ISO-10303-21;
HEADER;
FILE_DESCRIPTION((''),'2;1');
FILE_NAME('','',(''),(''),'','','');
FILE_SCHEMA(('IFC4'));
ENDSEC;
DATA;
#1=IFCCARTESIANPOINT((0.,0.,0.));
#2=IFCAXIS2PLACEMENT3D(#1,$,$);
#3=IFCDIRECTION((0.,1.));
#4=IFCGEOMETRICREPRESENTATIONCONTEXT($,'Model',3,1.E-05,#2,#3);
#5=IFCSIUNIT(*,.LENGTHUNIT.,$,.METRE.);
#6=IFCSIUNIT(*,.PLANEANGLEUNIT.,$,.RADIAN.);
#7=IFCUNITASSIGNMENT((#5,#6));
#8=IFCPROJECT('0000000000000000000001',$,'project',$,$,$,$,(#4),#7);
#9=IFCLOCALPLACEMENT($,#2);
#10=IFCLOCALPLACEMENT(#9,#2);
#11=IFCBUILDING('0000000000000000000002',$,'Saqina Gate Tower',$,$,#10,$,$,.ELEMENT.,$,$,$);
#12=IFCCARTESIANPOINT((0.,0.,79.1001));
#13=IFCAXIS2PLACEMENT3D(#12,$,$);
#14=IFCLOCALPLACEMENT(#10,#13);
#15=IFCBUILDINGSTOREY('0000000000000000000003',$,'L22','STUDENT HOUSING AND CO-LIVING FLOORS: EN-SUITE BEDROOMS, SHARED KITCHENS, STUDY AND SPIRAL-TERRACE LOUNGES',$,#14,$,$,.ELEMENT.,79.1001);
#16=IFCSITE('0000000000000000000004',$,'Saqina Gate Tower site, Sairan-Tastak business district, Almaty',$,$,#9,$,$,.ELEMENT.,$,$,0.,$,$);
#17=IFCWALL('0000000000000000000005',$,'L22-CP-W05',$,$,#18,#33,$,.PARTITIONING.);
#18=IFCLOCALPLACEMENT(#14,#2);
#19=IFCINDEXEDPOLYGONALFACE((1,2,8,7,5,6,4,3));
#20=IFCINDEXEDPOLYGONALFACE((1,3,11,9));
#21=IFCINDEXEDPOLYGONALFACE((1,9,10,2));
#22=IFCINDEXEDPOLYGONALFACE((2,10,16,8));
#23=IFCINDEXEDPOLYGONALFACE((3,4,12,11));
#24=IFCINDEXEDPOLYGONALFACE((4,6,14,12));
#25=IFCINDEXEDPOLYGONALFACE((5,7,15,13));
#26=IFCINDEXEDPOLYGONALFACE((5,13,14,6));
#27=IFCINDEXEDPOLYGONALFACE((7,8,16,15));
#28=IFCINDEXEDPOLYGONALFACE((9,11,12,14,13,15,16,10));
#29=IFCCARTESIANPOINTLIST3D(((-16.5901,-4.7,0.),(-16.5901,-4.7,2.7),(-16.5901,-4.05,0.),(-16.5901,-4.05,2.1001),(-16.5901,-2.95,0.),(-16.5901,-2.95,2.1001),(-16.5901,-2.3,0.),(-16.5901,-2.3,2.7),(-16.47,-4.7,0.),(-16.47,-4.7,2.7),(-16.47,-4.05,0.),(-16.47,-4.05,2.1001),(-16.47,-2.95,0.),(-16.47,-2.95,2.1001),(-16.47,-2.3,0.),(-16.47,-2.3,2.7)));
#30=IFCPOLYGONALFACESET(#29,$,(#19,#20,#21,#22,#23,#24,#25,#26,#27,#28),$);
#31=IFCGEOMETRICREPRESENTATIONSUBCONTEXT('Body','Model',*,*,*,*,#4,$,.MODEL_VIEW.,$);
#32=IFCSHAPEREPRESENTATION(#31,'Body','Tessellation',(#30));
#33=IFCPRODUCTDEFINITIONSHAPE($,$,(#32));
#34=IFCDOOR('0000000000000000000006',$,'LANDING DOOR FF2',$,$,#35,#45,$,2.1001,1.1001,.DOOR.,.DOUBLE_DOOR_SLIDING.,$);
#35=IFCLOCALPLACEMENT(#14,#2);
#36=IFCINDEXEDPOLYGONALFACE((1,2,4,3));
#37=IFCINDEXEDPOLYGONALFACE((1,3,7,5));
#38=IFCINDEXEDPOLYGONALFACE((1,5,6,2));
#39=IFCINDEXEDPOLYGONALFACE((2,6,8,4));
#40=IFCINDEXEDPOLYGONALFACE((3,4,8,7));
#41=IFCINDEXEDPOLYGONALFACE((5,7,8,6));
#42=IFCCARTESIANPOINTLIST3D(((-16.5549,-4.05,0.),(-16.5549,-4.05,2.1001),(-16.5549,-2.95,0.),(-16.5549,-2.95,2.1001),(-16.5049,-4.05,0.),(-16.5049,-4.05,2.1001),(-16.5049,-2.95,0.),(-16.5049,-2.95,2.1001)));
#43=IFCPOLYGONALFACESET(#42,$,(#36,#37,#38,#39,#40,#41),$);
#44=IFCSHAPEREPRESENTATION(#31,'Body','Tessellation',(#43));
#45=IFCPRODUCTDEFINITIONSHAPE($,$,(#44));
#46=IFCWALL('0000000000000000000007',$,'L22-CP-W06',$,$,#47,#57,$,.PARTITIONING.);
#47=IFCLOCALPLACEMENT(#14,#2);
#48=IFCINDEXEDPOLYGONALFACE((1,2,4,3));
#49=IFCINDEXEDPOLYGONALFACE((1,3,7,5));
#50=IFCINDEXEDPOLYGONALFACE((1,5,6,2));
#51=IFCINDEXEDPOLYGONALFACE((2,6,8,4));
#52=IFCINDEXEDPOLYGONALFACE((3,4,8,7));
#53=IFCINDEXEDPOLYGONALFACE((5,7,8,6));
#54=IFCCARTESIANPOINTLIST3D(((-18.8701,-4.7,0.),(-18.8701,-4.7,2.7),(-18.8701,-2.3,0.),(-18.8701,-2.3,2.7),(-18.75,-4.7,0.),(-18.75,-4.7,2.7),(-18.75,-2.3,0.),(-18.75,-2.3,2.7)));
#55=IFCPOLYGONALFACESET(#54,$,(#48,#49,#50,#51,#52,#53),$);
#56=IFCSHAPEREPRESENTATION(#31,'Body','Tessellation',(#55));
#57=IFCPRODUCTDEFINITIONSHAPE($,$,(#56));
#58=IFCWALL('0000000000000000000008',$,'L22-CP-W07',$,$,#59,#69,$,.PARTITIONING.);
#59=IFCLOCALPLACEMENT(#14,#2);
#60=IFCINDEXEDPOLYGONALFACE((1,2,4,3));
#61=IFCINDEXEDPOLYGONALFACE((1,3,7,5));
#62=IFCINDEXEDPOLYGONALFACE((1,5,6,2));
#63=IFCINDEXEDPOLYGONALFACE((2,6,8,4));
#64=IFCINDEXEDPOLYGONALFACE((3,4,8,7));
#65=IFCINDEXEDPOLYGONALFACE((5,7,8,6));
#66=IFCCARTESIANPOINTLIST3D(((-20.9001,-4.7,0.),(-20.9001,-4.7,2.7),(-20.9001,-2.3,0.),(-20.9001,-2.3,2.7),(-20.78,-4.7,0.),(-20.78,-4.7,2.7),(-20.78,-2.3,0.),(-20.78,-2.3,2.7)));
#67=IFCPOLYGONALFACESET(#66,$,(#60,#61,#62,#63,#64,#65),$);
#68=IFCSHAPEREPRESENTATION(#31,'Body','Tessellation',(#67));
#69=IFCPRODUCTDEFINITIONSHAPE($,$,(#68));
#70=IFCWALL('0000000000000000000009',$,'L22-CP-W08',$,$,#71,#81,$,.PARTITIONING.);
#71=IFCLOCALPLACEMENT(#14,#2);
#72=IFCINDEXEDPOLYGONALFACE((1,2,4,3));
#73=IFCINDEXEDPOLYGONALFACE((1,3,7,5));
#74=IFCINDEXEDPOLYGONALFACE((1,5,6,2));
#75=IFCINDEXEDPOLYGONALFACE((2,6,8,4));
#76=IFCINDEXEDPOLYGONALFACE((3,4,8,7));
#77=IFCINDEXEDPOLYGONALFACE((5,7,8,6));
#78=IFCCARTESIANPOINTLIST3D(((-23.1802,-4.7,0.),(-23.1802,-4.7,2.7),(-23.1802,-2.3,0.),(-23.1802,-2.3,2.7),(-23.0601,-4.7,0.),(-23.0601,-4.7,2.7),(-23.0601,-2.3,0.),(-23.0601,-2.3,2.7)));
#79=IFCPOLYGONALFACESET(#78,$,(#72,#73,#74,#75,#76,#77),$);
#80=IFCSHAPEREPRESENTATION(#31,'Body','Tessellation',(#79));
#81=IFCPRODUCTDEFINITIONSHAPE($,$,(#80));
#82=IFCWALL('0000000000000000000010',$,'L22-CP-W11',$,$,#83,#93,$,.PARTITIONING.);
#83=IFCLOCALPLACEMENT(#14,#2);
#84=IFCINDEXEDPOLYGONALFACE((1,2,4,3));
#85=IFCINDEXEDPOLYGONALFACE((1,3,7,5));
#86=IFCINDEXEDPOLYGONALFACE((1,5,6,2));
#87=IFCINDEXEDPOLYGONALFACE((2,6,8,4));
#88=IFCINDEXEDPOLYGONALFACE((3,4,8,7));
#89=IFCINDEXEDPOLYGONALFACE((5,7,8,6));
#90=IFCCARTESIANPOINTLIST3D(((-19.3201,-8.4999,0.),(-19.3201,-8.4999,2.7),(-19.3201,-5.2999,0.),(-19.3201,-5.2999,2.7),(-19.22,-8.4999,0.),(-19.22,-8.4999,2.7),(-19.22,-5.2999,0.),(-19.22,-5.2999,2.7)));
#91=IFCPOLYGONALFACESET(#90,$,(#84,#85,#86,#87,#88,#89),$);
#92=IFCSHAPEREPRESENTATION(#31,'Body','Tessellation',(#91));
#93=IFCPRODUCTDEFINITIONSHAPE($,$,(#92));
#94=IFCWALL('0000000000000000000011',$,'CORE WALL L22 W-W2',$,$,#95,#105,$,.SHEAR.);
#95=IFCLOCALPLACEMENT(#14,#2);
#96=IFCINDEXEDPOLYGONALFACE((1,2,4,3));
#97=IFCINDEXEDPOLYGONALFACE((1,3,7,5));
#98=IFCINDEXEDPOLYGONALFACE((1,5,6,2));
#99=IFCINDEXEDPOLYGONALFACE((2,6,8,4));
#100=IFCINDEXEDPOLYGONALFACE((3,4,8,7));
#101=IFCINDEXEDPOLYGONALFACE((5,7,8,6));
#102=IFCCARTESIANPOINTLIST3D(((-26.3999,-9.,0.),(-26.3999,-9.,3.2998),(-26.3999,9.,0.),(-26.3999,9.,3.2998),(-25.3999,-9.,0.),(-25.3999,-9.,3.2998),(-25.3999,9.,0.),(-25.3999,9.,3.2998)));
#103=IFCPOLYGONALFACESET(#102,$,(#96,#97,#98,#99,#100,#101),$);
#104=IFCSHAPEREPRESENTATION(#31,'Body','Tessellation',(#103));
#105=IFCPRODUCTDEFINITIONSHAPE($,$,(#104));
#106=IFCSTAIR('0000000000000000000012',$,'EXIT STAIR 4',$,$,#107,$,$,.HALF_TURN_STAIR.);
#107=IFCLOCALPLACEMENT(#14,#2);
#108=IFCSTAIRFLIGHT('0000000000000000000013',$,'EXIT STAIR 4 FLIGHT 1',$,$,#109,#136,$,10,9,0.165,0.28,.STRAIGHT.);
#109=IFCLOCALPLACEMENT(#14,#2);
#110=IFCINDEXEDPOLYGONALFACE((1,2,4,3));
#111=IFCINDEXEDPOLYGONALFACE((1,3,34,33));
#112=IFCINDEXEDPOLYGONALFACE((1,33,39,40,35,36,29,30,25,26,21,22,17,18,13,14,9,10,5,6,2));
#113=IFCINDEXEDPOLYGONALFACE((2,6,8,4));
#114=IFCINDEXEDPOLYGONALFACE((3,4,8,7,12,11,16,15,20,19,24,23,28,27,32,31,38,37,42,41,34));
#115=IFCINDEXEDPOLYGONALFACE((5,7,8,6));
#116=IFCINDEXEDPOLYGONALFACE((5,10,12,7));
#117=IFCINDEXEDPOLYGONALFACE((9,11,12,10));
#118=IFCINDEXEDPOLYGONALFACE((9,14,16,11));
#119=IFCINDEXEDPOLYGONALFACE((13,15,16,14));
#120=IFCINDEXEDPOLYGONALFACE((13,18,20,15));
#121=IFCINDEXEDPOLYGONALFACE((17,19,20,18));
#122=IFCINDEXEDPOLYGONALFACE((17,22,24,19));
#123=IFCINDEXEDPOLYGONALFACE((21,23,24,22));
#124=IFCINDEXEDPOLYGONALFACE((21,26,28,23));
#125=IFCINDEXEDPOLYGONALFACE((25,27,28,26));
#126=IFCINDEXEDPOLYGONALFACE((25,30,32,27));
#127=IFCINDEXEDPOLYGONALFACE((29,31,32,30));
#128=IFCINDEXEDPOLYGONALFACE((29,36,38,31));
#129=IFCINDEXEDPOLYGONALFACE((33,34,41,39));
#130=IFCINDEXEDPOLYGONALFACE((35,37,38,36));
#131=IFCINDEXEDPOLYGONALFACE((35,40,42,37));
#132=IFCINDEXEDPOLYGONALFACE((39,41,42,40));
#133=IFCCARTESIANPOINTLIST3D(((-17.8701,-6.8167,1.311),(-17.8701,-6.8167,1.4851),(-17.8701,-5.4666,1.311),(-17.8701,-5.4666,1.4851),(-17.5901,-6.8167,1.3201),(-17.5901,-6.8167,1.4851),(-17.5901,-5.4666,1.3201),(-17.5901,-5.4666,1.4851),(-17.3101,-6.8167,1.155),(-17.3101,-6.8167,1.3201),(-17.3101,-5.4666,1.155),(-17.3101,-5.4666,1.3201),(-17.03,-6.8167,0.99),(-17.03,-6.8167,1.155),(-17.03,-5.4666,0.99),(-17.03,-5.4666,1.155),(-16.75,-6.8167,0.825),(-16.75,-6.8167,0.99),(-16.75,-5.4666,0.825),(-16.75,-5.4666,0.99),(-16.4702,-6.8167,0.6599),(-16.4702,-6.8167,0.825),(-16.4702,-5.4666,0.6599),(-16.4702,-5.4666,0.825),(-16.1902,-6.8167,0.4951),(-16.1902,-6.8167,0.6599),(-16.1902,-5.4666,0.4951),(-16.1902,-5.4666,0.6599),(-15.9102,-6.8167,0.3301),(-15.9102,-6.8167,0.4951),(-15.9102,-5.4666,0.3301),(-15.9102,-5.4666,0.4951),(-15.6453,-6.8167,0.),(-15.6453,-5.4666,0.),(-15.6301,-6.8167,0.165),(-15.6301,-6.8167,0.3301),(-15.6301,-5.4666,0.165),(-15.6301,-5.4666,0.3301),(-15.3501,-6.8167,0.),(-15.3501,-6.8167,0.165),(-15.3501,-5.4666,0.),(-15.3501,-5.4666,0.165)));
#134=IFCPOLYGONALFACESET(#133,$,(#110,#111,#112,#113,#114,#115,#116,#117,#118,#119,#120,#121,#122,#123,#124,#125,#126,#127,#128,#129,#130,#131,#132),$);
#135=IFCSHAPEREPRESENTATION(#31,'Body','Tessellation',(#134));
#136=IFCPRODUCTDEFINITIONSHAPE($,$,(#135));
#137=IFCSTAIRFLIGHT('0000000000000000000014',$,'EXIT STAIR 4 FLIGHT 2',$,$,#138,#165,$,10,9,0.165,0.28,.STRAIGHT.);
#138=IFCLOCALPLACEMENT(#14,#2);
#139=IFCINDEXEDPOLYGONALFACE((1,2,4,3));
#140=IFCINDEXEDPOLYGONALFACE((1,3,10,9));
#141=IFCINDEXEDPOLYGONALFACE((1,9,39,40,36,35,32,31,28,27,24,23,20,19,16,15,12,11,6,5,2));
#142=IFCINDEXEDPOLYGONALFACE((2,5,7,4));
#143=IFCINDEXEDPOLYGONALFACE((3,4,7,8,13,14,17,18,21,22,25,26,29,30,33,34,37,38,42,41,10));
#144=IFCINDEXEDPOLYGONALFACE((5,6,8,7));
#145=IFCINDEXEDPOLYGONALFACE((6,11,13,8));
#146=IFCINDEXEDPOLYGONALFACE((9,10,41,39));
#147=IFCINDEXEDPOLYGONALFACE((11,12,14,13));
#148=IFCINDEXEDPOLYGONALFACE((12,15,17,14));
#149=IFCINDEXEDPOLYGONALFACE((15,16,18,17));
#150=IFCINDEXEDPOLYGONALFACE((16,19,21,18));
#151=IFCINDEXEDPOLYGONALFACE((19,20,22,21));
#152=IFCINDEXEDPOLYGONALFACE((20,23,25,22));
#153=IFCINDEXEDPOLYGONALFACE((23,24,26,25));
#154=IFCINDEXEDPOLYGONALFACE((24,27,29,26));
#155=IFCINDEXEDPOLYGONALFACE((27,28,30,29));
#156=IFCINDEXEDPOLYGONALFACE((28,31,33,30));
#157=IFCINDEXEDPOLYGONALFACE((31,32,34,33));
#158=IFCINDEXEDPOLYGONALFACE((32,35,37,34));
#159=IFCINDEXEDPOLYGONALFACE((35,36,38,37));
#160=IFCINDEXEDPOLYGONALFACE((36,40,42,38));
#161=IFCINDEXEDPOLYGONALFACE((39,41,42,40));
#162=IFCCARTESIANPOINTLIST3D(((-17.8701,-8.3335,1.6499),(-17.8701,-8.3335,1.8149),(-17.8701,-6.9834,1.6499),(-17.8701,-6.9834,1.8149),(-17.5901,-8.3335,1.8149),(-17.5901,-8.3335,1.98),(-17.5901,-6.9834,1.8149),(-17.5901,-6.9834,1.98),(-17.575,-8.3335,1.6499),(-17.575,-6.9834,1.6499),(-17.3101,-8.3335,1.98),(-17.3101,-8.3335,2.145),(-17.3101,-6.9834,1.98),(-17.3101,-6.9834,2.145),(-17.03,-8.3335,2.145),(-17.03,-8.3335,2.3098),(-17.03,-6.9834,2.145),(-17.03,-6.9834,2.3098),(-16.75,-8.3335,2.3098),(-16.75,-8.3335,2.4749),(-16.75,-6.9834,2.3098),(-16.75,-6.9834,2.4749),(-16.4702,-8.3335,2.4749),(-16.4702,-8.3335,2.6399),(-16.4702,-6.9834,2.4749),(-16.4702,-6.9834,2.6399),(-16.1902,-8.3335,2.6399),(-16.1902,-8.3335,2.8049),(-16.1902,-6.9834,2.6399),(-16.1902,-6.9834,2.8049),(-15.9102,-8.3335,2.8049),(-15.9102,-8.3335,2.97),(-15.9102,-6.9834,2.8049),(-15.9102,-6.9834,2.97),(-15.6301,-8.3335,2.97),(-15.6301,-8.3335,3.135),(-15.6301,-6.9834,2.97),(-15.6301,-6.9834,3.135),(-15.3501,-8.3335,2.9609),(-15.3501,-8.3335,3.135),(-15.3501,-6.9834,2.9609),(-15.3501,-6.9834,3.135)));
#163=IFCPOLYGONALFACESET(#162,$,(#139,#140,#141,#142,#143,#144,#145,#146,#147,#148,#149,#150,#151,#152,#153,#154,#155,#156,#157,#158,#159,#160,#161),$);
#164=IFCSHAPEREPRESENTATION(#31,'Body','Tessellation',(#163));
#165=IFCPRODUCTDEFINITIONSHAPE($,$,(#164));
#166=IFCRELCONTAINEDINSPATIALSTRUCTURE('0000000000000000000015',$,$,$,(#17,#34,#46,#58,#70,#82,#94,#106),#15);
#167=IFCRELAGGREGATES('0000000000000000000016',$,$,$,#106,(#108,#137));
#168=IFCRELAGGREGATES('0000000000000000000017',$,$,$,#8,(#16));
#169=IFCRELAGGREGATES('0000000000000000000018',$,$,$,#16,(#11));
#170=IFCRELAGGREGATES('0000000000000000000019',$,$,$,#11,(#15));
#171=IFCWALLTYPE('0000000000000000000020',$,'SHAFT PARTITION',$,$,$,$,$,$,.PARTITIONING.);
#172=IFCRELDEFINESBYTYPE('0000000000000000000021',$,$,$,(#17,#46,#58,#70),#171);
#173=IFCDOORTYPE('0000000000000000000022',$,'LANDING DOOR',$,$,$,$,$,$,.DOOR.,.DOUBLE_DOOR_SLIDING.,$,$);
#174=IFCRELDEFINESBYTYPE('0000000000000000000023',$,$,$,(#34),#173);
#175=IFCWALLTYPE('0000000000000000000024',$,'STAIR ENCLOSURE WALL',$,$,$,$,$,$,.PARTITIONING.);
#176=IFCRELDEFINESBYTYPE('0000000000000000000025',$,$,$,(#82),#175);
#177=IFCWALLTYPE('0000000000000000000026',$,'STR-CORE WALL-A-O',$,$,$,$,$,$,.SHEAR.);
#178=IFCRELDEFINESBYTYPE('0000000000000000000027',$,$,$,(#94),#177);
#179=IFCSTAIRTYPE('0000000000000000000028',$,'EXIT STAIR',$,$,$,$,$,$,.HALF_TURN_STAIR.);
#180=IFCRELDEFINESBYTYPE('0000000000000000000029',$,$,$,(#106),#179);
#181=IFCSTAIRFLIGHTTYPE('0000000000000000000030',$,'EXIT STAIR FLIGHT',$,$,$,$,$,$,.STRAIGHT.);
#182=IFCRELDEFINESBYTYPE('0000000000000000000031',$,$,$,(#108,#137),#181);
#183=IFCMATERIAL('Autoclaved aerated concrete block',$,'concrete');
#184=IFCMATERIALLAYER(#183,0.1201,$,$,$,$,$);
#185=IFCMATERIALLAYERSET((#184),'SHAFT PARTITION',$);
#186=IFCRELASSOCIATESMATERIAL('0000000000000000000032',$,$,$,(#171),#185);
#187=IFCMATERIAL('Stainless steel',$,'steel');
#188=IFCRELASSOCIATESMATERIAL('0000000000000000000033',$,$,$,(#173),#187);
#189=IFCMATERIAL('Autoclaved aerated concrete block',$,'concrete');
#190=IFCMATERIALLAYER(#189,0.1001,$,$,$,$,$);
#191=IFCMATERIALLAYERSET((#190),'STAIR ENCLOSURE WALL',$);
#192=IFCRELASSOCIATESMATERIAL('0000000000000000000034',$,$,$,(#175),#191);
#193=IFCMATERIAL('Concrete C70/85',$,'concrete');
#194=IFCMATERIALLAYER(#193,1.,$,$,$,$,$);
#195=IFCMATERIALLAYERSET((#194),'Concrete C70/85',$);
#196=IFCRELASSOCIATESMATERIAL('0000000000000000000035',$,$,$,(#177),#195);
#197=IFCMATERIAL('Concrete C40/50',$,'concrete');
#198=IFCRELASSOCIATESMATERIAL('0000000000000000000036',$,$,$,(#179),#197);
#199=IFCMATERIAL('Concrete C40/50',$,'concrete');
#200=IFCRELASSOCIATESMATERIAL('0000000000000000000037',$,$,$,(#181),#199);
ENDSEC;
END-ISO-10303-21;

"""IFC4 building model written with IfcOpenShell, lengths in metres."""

from ifc_helpers import new_model, si_unit, direction, frame, frame_2d, origin, place, context, subcontext, project, spatial, polyline, rectangle, outline, extrude, material, layer, layer_set, type_object, element, fill, aggregate, save


model = new_model("IFC4")

# Units and contexts
model_context = context("Model", 3, precision=1e-05, world=origin(), true_north=direction((0.0, 1.0)))
body_context = subcontext(model_context, "Body", "Model", "MODEL_VIEW")
ifc_project = project(units=[si_unit("LENGTHUNIT", "METRE"), si_unit("PLANEANGLEUNIT", "RADIAN")], contexts=[model_context])

# Site, building, storey
site_placement = place(None, origin())
site = spatial("IfcSite", under=ifc_project, at=site_placement, Name="Saqina Gate Tower site, Sairan-Tastak business district, Almaty", CompositionType="ELEMENT", RefElevation=0.0)
building_placement = place(site_placement, origin())
building = spatial("IfcBuilding", under=site, at=building_placement, Name="Saqina Gate Tower", CompositionType="ELEMENT")
storey_placement = place(building_placement, frame((0.0, 0.0, 79.1001)))
storey = spatial("IfcBuildingStorey", under=building, at=storey_placement, Name="L22", Description="STUDENT HOUSING AND CO-LIVING FLOORS: EN-SUITE BEDROOMS, SHARED KITCHENS, STUDY AND SPIRAL-TERRACE LOUNGES", CompositionType="ELEMENT", Elevation=79.1001)

# Wall, opening, door
ifc_material_1 = material(Name="Autoclaved aerated concrete block", Category="concrete")
ifc_layer_1 = layer(ifc_material_1, 0.1201)
ifc_layer_set_1 = layer_set([ifc_layer_1], Name="SHAFT PARTITION")
wall_type_1 = type_object("IfcWallType", Name="SHAFT PARTITION", PredefinedType="PARTITIONING", material=ifc_layer_set_1)
wall_1_placement = place(storey_placement, frame((-16.53, -4.7, 0.0), z_axis=(0.0, 0.0, 1.0), x_axis=(0.0, 1.0, 0.0)))
wall_1 = element("IfcWall", 1, at=wall_1_placement, inside=storey, type_object=wall_type_1, Name="L22-CP-W05", PredefinedType="PARTITIONING", context=body_context, shape_type="SweptSolid", body=[
    extrude(rectangle(XDim=2.3999, YDim=0.1201, at=frame_2d((1.2, 0.0))), origin(), (0.0, 0.0, 1.0), 2.7),
])
opening_1_placement = place(wall_1_placement, frame((0.6499, 0.0, 0.0)))
opening_1 = element("IfcOpeningElement", 2, at=opening_1_placement, cuts=wall_1, PredefinedType="OPENING", context=body_context, shape_type="SweptSolid", body=[
    extrude(rectangle(XDim=1.1001, YDim=2.1001, at=frame_2d((0.55, 1.05))), frame((0.0, 0.072, 0.0), z_axis=(0.0, -1.0, 0.0), x_axis=(1.0, 0.0, 0.0)), (0.0, 0.0, 1.0), 0.144),
])
ifc_material_2 = material(Name="Stainless steel", Category="steel")
door_type_1 = type_object("IfcDoorType", Name="LANDING DOOR", OperationType="DOUBLE_DOOR_SLIDING", PredefinedType="DOOR", material=ifc_material_2)
door_1_placement = place(opening_1_placement, origin())
door_1 = element("IfcDoor", 3, at=door_1_placement, inside=storey, type_object=door_type_1, Name="LANDING DOOR FF2", OperationType="DOUBLE_DOOR_SLIDING", OverallHeight=2.1001, OverallWidth=1.1001, PredefinedType="DOOR", context=body_context, shape_type="SweptSolid", body=[
    extrude(rectangle(XDim=1.1001, YDim=2.1001, at=frame_2d((0.55, 1.05))), frame((0.0, 0.0249, 0.0), z_axis=(0.0, -1.0, 0.0), x_axis=(1.0, 0.0, 0.0)), (0.0, 0.0, 1.0), 0.05),
])
fill(opening_1, door_1)

# Walls
for number, where, z_axis, x_axis, name in (
    (4, (-18.8101, -4.7, 0.0), (0.0, 0.0, 1.0), (0.0, 1.0, 0.0), "L22-CP-W06"),
    (5, (-20.8401, -4.7, 0.0), (0.0, 0.0, 1.0), (0.0, 1.0, 0.0), "L22-CP-W07"),
    (6, (-23.1201, -4.7, 0.0), (0.0, 0.0, 1.0), (0.0, 1.0, 0.0), "L22-CP-W08"),
):
    element("IfcWall", number, at=place(storey_placement, frame(where, z_axis=z_axis, x_axis=x_axis)), inside=storey, type_object=wall_type_1, Name=name, PredefinedType="PARTITIONING", context=body_context, shape_type="SweptSolid", body=[
        extrude(rectangle(XDim=2.3999, YDim=0.1201, at=frame_2d((1.2, 0.0))), origin(), (0.0, 0.0, 1.0), 2.7),
    ])
ifc_material_3 = material(Name="Autoclaved aerated concrete block", Category="concrete")
ifc_layer_2 = layer(ifc_material_3, 0.1001)
ifc_layer_set_2 = layer_set([ifc_layer_2], Name="STAIR ENCLOSURE WALL")
wall_type_2 = type_object("IfcWallType", Name="STAIR ENCLOSURE WALL", PredefinedType="PARTITIONING", material=ifc_layer_set_2)
wall_2_placement = place(storey_placement, frame((-19.27, -8.5, 0.0), z_axis=(0.0, 0.0, 1.0), x_axis=(0.0, 1.0, 0.0)))
element("IfcWall", 7, at=wall_2_placement, inside=storey, type_object=wall_type_2, Name="L22-CP-W11", PredefinedType="PARTITIONING", context=body_context, shape_type="SweptSolid", body=[
    extrude(rectangle(XDim=3.2, YDim=0.1001, at=frame_2d((1.6001, 0.0))), origin(), (0.0, 0.0, 1.0), 2.7),
])
ifc_material_4 = material(Name="Concrete C70/85", Category="concrete")
ifc_layer_3 = layer(ifc_material_4, 1.0)
ifc_layer_set_3 = layer_set([ifc_layer_3], Name="Concrete C70/85")
wall_type_3 = type_object("IfcWallType", Name="STR-CORE WALL-A-O", PredefinedType="SHEAR", material=ifc_layer_set_3)
wall_3_placement = place(storey_placement, frame((-25.8999, -9.0, 0.0), z_axis=(0.0, 0.0, 1.0), x_axis=(0.0, 1.0, 0.0)))
element("IfcWall", 8, at=wall_3_placement, inside=storey, type_object=wall_type_3, Name="CORE WALL L22 W-W2", PredefinedType="SHEAR", context=body_context, shape_type="SweptSolid", body=[
    extrude(rectangle(XDim=18.0, YDim=1.0, at=frame_2d((9.0, 0.0))), origin(), (0.0, 0.0, 1.0), 3.2998),
])

# Stair, stair flights
ifc_material_5 = material(Name="Concrete C40/50", Category="concrete")
stair_type = type_object("IfcStairType", Name="EXIT STAIR", PredefinedType="HALF_TURN_STAIR", material=ifc_material_5)
stair_placement = place(storey_placement, origin())
stair = element("IfcStair", 9, at=stair_placement, inside=storey, type_object=stair_type, Name="EXIT STAIR 4", PredefinedType="HALF_TURN_STAIR")
ifc_material_6 = material(Name="Concrete C40/50", Category="concrete")
stair_flight_type = type_object("IfcStairFlightType", Name="EXIT STAIR FLIGHT", PredefinedType="STRAIGHT", material=ifc_material_6)
stair_flight_1_placement = place(storey_placement, frame((-15.3501, -6.1416, 0.0), z_axis=(0.0, 0.0, 1.0), x_axis=(-1.0, 0.0, 0.0)))
stair_flight_1 = element("IfcStairFlight", 10, at=stair_flight_1_placement, type_object=stair_flight_type, Name="EXIT STAIR 4 FLIGHT 1", NumberOfRisers=10, NumberOfTreads=9, PredefinedType="STRAIGHT", RiserHeight=0.165, TreadLength=0.28, context=body_context, shape_type="SweptSolid", body=[
    extrude(outline(polyline([(0.0, 0.0), (0.0, 0.165), (0.28, 0.165), (0.28, 0.3301), (0.5601, 0.3301), (0.5601, 0.4951), (0.8401, 0.4951), (0.8401, 0.6599), (1.1201, 0.6599), (1.1201, 0.825), (1.3999, 0.825), (1.3999, 0.99), (1.6799, 0.99), (1.6799, 1.155), (1.96, 1.155), (1.96, 1.3201), (2.24, 1.3201), (2.24, 1.4851), (2.52, 1.4851), (2.52, 1.6499), (2.52, 1.311), (0.2952, 0.0), (0.0, 0.0)])), frame((0.0, 0.675, 0.0), z_axis=(0.0, -1.0, 0.0), x_axis=(1.0, 0.0, 0.0)), (0.0, 0.0, 1.0), 1.3501),
])
stair_flight_2_placement = place(storey_placement, frame((-17.8701, -7.6584, 1.6499), z_axis=(0.0, 0.0, 1.0), x_axis=(1.0, 0.0, 0.0)))
stair_flight_2 = element("IfcStairFlight", 11, at=stair_flight_2_placement, type_object=stair_flight_type, Name="EXIT STAIR 4 FLIGHT 2", NumberOfRisers=10, NumberOfTreads=9, PredefinedType="STRAIGHT", RiserHeight=0.165, TreadLength=0.28, context=body_context, shape_type="SweptSolid", body=[
    extrude(outline(polyline([(0.0, 0.0), (0.0, 0.165), (0.28, 0.165), (0.28, 0.3301), (0.5601, 0.3301), (0.5601, 0.4951), (0.8401, 0.4951), (0.8401, 0.6599), (1.1201, 0.6599), (1.1201, 0.825), (1.3999, 0.825), (1.3999, 0.99), (1.6799, 0.99), (1.6799, 1.155), (1.96, 1.155), (1.96, 1.3201), (2.24, 1.3201), (2.24, 1.4851), (2.52, 1.4851), (2.52, 1.6499), (2.52, 1.311), (0.2952, 0.0), (0.0, 0.0)])), frame((0.0, 0.675, 0.0), z_axis=(0.0, -1.0, 0.0), x_axis=(1.0, 0.0, 0.0)), (0.0, 0.0, 1.0), 1.3501),
])
aggregate(stair, [stair_flight_1, stair_flight_2])

save(model, "model.ifc")
